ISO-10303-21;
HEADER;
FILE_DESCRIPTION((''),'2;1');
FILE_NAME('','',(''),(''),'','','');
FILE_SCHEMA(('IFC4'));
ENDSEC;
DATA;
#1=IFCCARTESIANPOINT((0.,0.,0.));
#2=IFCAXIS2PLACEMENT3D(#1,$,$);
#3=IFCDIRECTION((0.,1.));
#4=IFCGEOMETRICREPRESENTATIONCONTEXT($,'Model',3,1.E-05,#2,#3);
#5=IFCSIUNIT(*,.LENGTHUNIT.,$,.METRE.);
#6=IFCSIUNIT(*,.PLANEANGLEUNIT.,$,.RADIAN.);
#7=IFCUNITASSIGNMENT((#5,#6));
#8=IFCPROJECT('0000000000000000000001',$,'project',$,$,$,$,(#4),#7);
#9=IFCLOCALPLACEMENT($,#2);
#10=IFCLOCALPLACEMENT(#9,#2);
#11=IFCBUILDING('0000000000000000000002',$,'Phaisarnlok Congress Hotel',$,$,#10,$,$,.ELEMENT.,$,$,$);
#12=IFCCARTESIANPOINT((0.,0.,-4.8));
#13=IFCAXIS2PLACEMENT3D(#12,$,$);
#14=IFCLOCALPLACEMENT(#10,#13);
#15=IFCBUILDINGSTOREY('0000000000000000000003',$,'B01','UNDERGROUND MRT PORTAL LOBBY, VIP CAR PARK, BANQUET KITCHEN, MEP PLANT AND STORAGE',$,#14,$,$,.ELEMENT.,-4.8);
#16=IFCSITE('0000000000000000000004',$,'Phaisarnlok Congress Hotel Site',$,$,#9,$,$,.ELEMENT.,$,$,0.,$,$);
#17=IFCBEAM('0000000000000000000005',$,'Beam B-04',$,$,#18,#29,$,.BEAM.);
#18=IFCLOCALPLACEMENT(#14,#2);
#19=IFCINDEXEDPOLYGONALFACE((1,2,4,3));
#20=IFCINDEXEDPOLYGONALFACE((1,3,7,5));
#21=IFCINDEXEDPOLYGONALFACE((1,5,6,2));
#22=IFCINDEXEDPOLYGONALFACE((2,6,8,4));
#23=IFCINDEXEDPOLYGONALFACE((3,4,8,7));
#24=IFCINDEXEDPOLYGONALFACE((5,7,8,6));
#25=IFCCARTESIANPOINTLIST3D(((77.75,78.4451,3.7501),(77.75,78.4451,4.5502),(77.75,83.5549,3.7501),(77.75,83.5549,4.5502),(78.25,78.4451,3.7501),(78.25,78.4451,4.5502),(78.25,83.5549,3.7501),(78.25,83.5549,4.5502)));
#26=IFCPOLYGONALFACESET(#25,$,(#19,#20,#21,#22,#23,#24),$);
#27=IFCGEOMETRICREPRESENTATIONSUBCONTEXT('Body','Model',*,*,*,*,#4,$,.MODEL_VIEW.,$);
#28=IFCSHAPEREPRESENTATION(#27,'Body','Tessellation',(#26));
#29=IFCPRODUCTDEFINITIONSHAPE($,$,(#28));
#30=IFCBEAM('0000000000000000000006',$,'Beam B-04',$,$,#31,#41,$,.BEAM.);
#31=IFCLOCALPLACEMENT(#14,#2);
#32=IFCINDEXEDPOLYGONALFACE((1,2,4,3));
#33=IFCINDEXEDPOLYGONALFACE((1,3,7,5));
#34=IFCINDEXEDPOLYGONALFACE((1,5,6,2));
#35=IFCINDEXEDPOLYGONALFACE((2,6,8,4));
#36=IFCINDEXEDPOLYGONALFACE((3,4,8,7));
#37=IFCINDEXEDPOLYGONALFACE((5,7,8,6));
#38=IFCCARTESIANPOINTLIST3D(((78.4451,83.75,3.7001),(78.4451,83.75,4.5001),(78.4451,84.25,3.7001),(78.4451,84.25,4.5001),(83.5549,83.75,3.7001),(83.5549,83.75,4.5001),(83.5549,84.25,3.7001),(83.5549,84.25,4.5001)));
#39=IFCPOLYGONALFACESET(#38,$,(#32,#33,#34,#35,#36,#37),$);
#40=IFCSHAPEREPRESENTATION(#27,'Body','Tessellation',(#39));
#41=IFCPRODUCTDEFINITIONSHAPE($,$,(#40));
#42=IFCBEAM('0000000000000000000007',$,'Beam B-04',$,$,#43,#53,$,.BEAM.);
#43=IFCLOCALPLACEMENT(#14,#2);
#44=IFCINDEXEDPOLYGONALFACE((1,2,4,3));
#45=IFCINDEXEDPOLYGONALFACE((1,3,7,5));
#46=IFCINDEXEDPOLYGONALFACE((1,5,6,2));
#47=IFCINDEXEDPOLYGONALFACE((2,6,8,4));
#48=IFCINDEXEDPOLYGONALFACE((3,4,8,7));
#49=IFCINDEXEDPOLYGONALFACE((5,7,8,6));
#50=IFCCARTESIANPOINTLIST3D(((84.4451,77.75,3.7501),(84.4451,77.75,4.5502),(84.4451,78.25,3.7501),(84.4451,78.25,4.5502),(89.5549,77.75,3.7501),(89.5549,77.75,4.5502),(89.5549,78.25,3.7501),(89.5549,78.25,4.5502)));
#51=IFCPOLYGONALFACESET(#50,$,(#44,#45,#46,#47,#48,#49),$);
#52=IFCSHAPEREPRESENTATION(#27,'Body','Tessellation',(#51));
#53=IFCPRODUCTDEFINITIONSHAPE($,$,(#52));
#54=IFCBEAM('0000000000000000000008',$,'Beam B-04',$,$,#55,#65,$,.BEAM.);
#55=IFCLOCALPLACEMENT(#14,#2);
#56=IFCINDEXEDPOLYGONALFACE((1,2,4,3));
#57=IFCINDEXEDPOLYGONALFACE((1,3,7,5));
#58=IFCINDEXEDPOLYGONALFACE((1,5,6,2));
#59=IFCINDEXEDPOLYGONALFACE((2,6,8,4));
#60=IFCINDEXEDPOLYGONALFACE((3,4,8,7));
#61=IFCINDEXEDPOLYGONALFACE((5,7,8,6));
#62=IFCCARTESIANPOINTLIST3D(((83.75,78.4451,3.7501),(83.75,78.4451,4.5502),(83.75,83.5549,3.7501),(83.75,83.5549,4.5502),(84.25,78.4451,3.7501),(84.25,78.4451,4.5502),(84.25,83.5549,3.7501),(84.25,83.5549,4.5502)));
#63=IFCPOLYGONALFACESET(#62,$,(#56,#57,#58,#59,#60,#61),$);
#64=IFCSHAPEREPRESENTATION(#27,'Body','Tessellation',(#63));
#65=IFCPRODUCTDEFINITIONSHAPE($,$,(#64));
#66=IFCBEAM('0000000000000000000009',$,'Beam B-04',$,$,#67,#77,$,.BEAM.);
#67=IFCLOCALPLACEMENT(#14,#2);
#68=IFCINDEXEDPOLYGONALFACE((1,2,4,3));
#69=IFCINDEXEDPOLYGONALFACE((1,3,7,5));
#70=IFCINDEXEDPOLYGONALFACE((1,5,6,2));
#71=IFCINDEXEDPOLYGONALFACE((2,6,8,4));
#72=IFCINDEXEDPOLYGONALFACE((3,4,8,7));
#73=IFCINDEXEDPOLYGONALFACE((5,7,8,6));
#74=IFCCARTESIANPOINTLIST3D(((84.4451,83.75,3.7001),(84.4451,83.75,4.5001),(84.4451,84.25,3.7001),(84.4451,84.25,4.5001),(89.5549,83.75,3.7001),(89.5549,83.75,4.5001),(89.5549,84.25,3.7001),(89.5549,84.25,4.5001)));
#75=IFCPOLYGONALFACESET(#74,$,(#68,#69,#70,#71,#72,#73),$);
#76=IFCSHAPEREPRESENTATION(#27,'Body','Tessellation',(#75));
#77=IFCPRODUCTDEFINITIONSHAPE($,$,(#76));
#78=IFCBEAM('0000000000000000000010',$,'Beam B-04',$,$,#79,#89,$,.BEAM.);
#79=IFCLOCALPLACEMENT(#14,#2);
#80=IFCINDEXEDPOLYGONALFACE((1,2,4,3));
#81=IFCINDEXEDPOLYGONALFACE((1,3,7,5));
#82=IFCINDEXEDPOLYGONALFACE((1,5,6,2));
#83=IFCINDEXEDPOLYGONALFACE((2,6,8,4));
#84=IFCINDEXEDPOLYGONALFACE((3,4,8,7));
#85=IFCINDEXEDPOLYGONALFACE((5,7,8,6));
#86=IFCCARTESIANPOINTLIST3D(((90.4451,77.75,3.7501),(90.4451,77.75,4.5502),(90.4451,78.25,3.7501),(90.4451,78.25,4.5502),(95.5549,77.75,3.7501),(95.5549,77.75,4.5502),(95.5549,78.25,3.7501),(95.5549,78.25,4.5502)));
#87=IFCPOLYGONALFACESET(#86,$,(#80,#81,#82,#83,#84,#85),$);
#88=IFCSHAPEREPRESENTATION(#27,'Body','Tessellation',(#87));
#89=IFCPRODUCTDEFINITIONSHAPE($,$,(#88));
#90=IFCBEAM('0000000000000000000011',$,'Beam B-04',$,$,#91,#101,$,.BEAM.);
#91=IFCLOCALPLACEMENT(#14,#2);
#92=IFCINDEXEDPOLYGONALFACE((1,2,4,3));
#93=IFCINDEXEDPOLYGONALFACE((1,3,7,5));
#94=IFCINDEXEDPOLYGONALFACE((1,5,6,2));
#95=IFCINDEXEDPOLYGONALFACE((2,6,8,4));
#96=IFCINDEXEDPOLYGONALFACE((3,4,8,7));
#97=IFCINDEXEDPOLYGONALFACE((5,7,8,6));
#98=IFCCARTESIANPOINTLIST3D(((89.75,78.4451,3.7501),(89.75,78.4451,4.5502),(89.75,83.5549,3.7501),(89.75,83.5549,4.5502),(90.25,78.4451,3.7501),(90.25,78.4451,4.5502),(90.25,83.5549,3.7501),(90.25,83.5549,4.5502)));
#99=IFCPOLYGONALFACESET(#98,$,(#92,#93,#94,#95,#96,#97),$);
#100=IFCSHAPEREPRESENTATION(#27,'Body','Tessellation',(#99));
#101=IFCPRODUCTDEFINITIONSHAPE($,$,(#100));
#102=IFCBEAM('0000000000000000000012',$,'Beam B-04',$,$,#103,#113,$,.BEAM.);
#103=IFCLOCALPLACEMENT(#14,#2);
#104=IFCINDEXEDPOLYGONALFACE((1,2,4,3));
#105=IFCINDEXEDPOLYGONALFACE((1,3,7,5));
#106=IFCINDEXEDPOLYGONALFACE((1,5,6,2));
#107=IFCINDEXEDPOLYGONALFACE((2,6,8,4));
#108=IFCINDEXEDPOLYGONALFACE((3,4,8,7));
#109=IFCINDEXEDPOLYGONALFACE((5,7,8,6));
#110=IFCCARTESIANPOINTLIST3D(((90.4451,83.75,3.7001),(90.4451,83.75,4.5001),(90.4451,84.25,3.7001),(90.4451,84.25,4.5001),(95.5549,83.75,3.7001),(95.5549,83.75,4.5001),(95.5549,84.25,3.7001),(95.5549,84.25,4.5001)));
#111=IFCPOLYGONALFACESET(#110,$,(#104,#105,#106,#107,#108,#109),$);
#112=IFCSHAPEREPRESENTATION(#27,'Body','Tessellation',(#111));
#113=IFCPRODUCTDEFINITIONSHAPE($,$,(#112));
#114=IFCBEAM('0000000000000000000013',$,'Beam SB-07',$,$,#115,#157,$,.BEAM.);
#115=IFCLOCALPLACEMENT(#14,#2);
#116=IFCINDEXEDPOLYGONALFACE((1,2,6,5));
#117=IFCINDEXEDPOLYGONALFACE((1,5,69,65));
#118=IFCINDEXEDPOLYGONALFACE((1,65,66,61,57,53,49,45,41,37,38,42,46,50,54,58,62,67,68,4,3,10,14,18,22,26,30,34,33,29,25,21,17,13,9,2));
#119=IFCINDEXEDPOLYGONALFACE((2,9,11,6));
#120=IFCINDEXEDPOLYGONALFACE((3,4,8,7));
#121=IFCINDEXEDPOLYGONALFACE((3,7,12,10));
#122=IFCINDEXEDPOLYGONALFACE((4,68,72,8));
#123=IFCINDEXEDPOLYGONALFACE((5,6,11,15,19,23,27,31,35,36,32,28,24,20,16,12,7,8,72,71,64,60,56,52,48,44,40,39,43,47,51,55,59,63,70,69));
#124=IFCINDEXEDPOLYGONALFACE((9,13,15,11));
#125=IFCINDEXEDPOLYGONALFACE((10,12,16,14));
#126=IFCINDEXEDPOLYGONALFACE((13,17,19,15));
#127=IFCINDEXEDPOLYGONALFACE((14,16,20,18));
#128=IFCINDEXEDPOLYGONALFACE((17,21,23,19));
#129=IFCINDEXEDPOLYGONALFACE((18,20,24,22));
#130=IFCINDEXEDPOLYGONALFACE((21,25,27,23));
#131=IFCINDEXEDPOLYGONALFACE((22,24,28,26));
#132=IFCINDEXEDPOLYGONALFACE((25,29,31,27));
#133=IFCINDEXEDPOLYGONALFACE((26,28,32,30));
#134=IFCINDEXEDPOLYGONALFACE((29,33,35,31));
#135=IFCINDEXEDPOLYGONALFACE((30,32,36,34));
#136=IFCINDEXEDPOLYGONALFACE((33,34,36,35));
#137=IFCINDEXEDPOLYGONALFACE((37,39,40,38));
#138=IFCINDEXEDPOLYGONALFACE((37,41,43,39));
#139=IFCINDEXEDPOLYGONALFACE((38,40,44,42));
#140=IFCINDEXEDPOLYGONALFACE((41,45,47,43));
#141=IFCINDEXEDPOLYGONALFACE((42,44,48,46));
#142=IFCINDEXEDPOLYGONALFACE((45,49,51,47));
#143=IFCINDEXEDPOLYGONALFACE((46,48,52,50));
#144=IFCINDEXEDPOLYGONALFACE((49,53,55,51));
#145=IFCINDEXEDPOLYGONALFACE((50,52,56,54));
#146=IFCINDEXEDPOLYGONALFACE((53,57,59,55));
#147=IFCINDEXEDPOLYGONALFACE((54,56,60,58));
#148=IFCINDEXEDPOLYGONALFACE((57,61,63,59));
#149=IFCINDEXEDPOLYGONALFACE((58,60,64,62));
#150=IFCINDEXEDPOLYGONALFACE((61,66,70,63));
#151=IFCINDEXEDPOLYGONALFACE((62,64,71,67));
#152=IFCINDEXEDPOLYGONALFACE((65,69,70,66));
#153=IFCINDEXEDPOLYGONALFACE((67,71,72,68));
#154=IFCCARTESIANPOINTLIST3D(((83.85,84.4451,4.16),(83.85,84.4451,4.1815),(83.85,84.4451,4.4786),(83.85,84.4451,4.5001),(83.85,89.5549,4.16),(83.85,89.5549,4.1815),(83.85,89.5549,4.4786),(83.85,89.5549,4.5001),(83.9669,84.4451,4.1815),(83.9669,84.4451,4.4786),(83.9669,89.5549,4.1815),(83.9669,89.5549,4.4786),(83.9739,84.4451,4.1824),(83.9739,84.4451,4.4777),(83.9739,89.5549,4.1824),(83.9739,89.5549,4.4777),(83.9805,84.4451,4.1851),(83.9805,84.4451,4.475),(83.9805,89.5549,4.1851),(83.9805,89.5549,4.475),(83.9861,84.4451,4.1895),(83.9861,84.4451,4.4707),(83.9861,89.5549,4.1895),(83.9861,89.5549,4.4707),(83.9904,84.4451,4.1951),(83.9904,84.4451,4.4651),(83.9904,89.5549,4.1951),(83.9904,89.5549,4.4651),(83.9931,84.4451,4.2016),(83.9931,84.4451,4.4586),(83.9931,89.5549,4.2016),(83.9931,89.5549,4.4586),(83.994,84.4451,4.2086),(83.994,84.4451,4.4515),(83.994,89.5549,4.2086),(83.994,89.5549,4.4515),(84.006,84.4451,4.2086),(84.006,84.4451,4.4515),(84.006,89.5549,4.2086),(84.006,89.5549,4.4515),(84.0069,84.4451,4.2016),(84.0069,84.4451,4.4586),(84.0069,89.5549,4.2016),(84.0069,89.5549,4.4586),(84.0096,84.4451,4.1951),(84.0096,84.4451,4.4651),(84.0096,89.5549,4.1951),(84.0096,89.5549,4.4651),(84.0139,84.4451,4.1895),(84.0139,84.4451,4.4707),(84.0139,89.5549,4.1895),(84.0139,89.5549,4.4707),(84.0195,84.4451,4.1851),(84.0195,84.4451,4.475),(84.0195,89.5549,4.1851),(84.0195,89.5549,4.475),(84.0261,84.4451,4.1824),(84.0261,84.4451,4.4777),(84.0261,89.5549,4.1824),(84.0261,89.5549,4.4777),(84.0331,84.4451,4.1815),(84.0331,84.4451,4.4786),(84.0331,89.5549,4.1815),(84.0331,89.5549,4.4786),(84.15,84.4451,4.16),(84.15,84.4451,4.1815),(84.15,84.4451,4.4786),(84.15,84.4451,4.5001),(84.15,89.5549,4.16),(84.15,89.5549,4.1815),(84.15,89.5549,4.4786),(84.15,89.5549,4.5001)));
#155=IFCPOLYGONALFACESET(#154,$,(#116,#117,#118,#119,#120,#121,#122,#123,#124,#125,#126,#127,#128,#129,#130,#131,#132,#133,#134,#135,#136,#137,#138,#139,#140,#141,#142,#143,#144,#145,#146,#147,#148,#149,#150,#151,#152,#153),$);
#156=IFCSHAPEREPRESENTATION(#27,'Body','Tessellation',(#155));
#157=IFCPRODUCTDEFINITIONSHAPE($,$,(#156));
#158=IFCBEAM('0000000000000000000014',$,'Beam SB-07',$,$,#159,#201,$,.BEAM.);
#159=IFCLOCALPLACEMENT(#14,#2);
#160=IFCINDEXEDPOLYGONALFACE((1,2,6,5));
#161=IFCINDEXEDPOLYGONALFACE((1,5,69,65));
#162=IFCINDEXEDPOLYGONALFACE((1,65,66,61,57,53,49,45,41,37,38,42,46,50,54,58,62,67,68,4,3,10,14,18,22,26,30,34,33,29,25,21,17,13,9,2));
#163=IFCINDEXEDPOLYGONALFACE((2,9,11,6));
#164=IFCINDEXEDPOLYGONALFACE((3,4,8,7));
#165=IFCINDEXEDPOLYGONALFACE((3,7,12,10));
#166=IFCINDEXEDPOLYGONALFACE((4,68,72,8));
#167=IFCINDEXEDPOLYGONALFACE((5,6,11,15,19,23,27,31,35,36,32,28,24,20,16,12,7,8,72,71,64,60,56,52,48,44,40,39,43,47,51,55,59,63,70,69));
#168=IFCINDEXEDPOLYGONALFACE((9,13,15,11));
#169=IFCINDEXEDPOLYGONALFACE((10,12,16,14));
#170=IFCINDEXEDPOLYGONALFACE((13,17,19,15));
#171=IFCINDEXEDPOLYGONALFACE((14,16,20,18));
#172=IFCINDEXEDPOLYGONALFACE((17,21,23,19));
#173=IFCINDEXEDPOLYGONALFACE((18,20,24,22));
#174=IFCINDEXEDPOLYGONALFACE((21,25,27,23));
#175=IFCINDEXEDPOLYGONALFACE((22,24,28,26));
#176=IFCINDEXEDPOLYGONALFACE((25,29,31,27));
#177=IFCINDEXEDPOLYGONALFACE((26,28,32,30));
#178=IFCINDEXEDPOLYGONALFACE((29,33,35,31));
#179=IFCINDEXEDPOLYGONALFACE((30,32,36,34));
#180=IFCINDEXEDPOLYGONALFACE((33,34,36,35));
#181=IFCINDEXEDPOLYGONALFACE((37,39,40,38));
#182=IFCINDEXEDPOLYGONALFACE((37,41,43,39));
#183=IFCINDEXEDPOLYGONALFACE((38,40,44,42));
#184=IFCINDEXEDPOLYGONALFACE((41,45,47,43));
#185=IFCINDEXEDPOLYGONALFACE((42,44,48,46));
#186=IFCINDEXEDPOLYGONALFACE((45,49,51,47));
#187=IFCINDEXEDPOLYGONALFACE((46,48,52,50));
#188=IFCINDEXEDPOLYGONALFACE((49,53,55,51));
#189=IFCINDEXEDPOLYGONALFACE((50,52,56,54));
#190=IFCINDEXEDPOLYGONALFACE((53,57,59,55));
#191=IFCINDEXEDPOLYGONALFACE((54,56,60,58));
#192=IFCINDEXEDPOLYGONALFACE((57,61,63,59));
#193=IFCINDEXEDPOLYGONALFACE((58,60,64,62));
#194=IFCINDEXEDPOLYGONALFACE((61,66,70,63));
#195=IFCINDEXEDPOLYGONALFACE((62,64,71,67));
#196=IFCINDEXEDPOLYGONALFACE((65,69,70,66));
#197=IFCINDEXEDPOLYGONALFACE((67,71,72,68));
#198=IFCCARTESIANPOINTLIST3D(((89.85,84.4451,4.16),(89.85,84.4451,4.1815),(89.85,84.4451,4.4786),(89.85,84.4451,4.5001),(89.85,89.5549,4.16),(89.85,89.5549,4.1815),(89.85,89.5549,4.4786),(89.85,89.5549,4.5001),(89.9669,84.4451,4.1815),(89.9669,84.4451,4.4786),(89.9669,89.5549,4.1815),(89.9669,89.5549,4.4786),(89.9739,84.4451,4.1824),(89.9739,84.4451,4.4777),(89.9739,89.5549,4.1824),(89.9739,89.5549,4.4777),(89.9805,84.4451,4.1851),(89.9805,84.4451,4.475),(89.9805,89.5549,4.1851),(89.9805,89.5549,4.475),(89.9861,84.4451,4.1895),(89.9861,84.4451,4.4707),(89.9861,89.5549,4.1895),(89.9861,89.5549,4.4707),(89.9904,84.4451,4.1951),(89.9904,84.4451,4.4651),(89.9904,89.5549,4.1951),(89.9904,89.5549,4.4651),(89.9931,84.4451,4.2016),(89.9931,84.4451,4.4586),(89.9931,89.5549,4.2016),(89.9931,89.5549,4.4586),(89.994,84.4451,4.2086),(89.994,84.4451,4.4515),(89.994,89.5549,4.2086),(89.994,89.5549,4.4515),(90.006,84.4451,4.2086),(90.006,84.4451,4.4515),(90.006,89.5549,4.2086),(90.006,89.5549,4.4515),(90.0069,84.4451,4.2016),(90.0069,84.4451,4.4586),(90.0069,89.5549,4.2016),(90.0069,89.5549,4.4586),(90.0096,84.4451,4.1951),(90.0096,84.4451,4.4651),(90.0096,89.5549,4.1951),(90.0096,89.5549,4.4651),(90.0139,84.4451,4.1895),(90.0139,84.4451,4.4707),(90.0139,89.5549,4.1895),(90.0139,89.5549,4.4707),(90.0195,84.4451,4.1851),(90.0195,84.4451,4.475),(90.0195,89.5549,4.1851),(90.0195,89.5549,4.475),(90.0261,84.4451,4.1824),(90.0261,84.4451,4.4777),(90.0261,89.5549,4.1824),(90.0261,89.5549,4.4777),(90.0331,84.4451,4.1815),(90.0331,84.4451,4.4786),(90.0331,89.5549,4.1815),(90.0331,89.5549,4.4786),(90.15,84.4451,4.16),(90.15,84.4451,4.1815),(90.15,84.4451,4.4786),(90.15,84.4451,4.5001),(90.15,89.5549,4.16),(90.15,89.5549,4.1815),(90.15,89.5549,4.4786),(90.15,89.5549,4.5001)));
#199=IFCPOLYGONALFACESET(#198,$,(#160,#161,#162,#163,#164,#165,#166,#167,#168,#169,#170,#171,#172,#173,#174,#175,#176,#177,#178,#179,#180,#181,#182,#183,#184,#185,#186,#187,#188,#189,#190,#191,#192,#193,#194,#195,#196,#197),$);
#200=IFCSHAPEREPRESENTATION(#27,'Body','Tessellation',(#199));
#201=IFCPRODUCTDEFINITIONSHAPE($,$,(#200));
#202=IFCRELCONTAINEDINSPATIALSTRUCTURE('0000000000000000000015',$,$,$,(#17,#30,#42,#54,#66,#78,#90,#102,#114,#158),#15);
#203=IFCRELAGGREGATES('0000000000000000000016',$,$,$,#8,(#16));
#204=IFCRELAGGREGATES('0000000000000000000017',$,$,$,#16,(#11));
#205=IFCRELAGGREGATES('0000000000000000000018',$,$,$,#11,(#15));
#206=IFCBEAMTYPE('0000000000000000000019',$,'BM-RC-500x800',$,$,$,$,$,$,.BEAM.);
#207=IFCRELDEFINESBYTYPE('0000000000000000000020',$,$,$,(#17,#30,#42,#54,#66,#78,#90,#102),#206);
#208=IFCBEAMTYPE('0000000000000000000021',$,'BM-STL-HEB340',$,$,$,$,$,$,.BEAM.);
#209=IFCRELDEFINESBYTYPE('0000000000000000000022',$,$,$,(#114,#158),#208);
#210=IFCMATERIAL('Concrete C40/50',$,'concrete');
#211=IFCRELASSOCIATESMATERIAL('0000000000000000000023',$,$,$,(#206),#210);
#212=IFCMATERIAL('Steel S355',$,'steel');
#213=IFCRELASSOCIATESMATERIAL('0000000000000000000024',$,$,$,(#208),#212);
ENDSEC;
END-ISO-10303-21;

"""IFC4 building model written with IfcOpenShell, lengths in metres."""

from ifc_helpers import new_model, si_unit, direction, frame, origin, origin_2d, place, context, subcontext, project, spatial, rectangle, i_section, extrude, material, material_profile, profile_set, type_object, element, save


model = new_model("IFC4")

# Units and contexts
model_context = context("Model", 3, precision=1e-05, world=origin(), true_north=direction((0.0, 1.0)))
body_context = subcontext(model_context, "Body", "Model", "MODEL_VIEW")
ifc_project = project(units=[si_unit("LENGTHUNIT", "METRE"), si_unit("PLANEANGLEUNIT", "RADIAN")], contexts=[model_context])

# Site, building, storey
site_placement = place(None, origin())
site = spatial("IfcSite", under=ifc_project, at=site_placement, Name="Phaisarnlok Congress Hotel Site", CompositionType="ELEMENT", RefElevation=0.0)
building_placement = place(site_placement, origin())
building = spatial("IfcBuilding", under=site, at=building_placement, Name="Phaisarnlok Congress Hotel", CompositionType="ELEMENT")
storey_placement = place(building_placement, frame((0.0, 0.0, -4.8)))
storey = spatial("IfcBuildingStorey", under=building, at=storey_placement, Name="B01", Description="UNDERGROUND MRT PORTAL LOBBY, VIP CAR PARK, BANQUET KITCHEN, MEP PLANT AND STORAGE", CompositionType="ELEMENT", Elevation=-4.8)

# Shared definitions
ifc_material_1 = material(Name="Concrete C40/50", Category="concrete")

# Beams
ifc_material_profile_1 = material_profile(ifc_material_1, rectangle(XDim=0.5, YDim=0.8, at=origin_2d()), Name="RC 500x800")
ifc_profile_set_1 = profile_set([ifc_material_profile_1], Name="Concrete C40/50")
beam_type_1 = type_object("IfcBeamType", Name="BM-RC-500x800", PredefinedType="BEAM", material=ifc_profile_set_1)
for number, where, z_axis, x_axis, name in (
    (1, (78.0, 78.4451, 4.1501), (0.0, 1.0, 0.0), (-1.0, 0.0, 0.0), "Beam B-04"),
    (2, (78.4451, 84.0, 4.1001), (1.0, 0.0, 0.0), (0.0, 1.0, 0.0), "Beam B-04"),
    (3, (84.4451, 78.0, 4.1501), (1.0, 0.0, 0.0), (0.0, 1.0, 0.0), "Beam B-04"),
    (4, (84.0, 78.4451, 4.1501), (0.0, 1.0, 0.0), (-1.0, 0.0, 0.0), "Beam B-04"),
    (5, (84.4451, 84.0, 4.1001), (1.0, 0.0, 0.0), (0.0, 1.0, 0.0), "Beam B-04"),
    (6, (90.4451, 78.0, 4.1501), (1.0, 0.0, 0.0), (0.0, 1.0, 0.0), "Beam B-04"),
    (7, (90.0, 78.4451, 4.1501), (0.0, 1.0, 0.0), (-1.0, 0.0, 0.0), "Beam B-04"),
    (8, (90.4451, 84.0, 4.1001), (1.0, 0.0, 0.0), (0.0, 1.0, 0.0), "Beam B-04"),
):
    element("IfcBeam", number, at=place(storey_placement, frame(where, z_axis=z_axis, x_axis=x_axis)), inside=storey, type_object=beam_type_1, Name=name, PredefinedType="BEAM", context=body_context, shape_type="SweptSolid", body=[
        extrude(rectangle(XDim=0.5, YDim=0.8, at=origin_2d()), origin(), (0.0, 0.0, 1.0), 5.1099),
    ])
ifc_material_2 = material(Name="Steel S355", Category="steel")
ifc_material_profile_2 = material_profile(ifc_material_2, i_section(OverallWidth=0.3, OverallDepth=0.3401, WebThickness=0.012, FlangeThickness=0.0215, FilletRadius=0.0271, at=origin_2d()), Name="HEB 340")
ifc_profile_set_2 = profile_set([ifc_material_profile_2], Name="Steel S355")
beam_type_2 = type_object("IfcBeamType", Name="BM-STL-HEB340", PredefinedType="BEAM", material=ifc_profile_set_2)
for number, where, z_axis, x_axis, name in (
    (9, (84.0, 84.4451, 4.3301), (0.0, 1.0, 0.0), (-1.0, 0.0, 0.0), "Beam SB-07"),
    (10, (90.0, 84.4451, 4.3301), (0.0, 1.0, 0.0), (-1.0, 0.0, 0.0), "Beam SB-07"),
):
    element("IfcBeam", number, at=place(storey_placement, frame(where, z_axis=z_axis, x_axis=x_axis)), inside=storey, type_object=beam_type_2, Name=name, PredefinedType="BEAM", context=body_context, shape_type="SweptSolid", body=[
        extrude(i_section(OverallWidth=0.3, OverallDepth=0.3401, WebThickness=0.012, FlangeThickness=0.0215, FilletRadius=0.0271, at=origin_2d()), origin(), (0.0, 0.0, 1.0), 5.1099),
    ])

save(model, "model.ifc")
